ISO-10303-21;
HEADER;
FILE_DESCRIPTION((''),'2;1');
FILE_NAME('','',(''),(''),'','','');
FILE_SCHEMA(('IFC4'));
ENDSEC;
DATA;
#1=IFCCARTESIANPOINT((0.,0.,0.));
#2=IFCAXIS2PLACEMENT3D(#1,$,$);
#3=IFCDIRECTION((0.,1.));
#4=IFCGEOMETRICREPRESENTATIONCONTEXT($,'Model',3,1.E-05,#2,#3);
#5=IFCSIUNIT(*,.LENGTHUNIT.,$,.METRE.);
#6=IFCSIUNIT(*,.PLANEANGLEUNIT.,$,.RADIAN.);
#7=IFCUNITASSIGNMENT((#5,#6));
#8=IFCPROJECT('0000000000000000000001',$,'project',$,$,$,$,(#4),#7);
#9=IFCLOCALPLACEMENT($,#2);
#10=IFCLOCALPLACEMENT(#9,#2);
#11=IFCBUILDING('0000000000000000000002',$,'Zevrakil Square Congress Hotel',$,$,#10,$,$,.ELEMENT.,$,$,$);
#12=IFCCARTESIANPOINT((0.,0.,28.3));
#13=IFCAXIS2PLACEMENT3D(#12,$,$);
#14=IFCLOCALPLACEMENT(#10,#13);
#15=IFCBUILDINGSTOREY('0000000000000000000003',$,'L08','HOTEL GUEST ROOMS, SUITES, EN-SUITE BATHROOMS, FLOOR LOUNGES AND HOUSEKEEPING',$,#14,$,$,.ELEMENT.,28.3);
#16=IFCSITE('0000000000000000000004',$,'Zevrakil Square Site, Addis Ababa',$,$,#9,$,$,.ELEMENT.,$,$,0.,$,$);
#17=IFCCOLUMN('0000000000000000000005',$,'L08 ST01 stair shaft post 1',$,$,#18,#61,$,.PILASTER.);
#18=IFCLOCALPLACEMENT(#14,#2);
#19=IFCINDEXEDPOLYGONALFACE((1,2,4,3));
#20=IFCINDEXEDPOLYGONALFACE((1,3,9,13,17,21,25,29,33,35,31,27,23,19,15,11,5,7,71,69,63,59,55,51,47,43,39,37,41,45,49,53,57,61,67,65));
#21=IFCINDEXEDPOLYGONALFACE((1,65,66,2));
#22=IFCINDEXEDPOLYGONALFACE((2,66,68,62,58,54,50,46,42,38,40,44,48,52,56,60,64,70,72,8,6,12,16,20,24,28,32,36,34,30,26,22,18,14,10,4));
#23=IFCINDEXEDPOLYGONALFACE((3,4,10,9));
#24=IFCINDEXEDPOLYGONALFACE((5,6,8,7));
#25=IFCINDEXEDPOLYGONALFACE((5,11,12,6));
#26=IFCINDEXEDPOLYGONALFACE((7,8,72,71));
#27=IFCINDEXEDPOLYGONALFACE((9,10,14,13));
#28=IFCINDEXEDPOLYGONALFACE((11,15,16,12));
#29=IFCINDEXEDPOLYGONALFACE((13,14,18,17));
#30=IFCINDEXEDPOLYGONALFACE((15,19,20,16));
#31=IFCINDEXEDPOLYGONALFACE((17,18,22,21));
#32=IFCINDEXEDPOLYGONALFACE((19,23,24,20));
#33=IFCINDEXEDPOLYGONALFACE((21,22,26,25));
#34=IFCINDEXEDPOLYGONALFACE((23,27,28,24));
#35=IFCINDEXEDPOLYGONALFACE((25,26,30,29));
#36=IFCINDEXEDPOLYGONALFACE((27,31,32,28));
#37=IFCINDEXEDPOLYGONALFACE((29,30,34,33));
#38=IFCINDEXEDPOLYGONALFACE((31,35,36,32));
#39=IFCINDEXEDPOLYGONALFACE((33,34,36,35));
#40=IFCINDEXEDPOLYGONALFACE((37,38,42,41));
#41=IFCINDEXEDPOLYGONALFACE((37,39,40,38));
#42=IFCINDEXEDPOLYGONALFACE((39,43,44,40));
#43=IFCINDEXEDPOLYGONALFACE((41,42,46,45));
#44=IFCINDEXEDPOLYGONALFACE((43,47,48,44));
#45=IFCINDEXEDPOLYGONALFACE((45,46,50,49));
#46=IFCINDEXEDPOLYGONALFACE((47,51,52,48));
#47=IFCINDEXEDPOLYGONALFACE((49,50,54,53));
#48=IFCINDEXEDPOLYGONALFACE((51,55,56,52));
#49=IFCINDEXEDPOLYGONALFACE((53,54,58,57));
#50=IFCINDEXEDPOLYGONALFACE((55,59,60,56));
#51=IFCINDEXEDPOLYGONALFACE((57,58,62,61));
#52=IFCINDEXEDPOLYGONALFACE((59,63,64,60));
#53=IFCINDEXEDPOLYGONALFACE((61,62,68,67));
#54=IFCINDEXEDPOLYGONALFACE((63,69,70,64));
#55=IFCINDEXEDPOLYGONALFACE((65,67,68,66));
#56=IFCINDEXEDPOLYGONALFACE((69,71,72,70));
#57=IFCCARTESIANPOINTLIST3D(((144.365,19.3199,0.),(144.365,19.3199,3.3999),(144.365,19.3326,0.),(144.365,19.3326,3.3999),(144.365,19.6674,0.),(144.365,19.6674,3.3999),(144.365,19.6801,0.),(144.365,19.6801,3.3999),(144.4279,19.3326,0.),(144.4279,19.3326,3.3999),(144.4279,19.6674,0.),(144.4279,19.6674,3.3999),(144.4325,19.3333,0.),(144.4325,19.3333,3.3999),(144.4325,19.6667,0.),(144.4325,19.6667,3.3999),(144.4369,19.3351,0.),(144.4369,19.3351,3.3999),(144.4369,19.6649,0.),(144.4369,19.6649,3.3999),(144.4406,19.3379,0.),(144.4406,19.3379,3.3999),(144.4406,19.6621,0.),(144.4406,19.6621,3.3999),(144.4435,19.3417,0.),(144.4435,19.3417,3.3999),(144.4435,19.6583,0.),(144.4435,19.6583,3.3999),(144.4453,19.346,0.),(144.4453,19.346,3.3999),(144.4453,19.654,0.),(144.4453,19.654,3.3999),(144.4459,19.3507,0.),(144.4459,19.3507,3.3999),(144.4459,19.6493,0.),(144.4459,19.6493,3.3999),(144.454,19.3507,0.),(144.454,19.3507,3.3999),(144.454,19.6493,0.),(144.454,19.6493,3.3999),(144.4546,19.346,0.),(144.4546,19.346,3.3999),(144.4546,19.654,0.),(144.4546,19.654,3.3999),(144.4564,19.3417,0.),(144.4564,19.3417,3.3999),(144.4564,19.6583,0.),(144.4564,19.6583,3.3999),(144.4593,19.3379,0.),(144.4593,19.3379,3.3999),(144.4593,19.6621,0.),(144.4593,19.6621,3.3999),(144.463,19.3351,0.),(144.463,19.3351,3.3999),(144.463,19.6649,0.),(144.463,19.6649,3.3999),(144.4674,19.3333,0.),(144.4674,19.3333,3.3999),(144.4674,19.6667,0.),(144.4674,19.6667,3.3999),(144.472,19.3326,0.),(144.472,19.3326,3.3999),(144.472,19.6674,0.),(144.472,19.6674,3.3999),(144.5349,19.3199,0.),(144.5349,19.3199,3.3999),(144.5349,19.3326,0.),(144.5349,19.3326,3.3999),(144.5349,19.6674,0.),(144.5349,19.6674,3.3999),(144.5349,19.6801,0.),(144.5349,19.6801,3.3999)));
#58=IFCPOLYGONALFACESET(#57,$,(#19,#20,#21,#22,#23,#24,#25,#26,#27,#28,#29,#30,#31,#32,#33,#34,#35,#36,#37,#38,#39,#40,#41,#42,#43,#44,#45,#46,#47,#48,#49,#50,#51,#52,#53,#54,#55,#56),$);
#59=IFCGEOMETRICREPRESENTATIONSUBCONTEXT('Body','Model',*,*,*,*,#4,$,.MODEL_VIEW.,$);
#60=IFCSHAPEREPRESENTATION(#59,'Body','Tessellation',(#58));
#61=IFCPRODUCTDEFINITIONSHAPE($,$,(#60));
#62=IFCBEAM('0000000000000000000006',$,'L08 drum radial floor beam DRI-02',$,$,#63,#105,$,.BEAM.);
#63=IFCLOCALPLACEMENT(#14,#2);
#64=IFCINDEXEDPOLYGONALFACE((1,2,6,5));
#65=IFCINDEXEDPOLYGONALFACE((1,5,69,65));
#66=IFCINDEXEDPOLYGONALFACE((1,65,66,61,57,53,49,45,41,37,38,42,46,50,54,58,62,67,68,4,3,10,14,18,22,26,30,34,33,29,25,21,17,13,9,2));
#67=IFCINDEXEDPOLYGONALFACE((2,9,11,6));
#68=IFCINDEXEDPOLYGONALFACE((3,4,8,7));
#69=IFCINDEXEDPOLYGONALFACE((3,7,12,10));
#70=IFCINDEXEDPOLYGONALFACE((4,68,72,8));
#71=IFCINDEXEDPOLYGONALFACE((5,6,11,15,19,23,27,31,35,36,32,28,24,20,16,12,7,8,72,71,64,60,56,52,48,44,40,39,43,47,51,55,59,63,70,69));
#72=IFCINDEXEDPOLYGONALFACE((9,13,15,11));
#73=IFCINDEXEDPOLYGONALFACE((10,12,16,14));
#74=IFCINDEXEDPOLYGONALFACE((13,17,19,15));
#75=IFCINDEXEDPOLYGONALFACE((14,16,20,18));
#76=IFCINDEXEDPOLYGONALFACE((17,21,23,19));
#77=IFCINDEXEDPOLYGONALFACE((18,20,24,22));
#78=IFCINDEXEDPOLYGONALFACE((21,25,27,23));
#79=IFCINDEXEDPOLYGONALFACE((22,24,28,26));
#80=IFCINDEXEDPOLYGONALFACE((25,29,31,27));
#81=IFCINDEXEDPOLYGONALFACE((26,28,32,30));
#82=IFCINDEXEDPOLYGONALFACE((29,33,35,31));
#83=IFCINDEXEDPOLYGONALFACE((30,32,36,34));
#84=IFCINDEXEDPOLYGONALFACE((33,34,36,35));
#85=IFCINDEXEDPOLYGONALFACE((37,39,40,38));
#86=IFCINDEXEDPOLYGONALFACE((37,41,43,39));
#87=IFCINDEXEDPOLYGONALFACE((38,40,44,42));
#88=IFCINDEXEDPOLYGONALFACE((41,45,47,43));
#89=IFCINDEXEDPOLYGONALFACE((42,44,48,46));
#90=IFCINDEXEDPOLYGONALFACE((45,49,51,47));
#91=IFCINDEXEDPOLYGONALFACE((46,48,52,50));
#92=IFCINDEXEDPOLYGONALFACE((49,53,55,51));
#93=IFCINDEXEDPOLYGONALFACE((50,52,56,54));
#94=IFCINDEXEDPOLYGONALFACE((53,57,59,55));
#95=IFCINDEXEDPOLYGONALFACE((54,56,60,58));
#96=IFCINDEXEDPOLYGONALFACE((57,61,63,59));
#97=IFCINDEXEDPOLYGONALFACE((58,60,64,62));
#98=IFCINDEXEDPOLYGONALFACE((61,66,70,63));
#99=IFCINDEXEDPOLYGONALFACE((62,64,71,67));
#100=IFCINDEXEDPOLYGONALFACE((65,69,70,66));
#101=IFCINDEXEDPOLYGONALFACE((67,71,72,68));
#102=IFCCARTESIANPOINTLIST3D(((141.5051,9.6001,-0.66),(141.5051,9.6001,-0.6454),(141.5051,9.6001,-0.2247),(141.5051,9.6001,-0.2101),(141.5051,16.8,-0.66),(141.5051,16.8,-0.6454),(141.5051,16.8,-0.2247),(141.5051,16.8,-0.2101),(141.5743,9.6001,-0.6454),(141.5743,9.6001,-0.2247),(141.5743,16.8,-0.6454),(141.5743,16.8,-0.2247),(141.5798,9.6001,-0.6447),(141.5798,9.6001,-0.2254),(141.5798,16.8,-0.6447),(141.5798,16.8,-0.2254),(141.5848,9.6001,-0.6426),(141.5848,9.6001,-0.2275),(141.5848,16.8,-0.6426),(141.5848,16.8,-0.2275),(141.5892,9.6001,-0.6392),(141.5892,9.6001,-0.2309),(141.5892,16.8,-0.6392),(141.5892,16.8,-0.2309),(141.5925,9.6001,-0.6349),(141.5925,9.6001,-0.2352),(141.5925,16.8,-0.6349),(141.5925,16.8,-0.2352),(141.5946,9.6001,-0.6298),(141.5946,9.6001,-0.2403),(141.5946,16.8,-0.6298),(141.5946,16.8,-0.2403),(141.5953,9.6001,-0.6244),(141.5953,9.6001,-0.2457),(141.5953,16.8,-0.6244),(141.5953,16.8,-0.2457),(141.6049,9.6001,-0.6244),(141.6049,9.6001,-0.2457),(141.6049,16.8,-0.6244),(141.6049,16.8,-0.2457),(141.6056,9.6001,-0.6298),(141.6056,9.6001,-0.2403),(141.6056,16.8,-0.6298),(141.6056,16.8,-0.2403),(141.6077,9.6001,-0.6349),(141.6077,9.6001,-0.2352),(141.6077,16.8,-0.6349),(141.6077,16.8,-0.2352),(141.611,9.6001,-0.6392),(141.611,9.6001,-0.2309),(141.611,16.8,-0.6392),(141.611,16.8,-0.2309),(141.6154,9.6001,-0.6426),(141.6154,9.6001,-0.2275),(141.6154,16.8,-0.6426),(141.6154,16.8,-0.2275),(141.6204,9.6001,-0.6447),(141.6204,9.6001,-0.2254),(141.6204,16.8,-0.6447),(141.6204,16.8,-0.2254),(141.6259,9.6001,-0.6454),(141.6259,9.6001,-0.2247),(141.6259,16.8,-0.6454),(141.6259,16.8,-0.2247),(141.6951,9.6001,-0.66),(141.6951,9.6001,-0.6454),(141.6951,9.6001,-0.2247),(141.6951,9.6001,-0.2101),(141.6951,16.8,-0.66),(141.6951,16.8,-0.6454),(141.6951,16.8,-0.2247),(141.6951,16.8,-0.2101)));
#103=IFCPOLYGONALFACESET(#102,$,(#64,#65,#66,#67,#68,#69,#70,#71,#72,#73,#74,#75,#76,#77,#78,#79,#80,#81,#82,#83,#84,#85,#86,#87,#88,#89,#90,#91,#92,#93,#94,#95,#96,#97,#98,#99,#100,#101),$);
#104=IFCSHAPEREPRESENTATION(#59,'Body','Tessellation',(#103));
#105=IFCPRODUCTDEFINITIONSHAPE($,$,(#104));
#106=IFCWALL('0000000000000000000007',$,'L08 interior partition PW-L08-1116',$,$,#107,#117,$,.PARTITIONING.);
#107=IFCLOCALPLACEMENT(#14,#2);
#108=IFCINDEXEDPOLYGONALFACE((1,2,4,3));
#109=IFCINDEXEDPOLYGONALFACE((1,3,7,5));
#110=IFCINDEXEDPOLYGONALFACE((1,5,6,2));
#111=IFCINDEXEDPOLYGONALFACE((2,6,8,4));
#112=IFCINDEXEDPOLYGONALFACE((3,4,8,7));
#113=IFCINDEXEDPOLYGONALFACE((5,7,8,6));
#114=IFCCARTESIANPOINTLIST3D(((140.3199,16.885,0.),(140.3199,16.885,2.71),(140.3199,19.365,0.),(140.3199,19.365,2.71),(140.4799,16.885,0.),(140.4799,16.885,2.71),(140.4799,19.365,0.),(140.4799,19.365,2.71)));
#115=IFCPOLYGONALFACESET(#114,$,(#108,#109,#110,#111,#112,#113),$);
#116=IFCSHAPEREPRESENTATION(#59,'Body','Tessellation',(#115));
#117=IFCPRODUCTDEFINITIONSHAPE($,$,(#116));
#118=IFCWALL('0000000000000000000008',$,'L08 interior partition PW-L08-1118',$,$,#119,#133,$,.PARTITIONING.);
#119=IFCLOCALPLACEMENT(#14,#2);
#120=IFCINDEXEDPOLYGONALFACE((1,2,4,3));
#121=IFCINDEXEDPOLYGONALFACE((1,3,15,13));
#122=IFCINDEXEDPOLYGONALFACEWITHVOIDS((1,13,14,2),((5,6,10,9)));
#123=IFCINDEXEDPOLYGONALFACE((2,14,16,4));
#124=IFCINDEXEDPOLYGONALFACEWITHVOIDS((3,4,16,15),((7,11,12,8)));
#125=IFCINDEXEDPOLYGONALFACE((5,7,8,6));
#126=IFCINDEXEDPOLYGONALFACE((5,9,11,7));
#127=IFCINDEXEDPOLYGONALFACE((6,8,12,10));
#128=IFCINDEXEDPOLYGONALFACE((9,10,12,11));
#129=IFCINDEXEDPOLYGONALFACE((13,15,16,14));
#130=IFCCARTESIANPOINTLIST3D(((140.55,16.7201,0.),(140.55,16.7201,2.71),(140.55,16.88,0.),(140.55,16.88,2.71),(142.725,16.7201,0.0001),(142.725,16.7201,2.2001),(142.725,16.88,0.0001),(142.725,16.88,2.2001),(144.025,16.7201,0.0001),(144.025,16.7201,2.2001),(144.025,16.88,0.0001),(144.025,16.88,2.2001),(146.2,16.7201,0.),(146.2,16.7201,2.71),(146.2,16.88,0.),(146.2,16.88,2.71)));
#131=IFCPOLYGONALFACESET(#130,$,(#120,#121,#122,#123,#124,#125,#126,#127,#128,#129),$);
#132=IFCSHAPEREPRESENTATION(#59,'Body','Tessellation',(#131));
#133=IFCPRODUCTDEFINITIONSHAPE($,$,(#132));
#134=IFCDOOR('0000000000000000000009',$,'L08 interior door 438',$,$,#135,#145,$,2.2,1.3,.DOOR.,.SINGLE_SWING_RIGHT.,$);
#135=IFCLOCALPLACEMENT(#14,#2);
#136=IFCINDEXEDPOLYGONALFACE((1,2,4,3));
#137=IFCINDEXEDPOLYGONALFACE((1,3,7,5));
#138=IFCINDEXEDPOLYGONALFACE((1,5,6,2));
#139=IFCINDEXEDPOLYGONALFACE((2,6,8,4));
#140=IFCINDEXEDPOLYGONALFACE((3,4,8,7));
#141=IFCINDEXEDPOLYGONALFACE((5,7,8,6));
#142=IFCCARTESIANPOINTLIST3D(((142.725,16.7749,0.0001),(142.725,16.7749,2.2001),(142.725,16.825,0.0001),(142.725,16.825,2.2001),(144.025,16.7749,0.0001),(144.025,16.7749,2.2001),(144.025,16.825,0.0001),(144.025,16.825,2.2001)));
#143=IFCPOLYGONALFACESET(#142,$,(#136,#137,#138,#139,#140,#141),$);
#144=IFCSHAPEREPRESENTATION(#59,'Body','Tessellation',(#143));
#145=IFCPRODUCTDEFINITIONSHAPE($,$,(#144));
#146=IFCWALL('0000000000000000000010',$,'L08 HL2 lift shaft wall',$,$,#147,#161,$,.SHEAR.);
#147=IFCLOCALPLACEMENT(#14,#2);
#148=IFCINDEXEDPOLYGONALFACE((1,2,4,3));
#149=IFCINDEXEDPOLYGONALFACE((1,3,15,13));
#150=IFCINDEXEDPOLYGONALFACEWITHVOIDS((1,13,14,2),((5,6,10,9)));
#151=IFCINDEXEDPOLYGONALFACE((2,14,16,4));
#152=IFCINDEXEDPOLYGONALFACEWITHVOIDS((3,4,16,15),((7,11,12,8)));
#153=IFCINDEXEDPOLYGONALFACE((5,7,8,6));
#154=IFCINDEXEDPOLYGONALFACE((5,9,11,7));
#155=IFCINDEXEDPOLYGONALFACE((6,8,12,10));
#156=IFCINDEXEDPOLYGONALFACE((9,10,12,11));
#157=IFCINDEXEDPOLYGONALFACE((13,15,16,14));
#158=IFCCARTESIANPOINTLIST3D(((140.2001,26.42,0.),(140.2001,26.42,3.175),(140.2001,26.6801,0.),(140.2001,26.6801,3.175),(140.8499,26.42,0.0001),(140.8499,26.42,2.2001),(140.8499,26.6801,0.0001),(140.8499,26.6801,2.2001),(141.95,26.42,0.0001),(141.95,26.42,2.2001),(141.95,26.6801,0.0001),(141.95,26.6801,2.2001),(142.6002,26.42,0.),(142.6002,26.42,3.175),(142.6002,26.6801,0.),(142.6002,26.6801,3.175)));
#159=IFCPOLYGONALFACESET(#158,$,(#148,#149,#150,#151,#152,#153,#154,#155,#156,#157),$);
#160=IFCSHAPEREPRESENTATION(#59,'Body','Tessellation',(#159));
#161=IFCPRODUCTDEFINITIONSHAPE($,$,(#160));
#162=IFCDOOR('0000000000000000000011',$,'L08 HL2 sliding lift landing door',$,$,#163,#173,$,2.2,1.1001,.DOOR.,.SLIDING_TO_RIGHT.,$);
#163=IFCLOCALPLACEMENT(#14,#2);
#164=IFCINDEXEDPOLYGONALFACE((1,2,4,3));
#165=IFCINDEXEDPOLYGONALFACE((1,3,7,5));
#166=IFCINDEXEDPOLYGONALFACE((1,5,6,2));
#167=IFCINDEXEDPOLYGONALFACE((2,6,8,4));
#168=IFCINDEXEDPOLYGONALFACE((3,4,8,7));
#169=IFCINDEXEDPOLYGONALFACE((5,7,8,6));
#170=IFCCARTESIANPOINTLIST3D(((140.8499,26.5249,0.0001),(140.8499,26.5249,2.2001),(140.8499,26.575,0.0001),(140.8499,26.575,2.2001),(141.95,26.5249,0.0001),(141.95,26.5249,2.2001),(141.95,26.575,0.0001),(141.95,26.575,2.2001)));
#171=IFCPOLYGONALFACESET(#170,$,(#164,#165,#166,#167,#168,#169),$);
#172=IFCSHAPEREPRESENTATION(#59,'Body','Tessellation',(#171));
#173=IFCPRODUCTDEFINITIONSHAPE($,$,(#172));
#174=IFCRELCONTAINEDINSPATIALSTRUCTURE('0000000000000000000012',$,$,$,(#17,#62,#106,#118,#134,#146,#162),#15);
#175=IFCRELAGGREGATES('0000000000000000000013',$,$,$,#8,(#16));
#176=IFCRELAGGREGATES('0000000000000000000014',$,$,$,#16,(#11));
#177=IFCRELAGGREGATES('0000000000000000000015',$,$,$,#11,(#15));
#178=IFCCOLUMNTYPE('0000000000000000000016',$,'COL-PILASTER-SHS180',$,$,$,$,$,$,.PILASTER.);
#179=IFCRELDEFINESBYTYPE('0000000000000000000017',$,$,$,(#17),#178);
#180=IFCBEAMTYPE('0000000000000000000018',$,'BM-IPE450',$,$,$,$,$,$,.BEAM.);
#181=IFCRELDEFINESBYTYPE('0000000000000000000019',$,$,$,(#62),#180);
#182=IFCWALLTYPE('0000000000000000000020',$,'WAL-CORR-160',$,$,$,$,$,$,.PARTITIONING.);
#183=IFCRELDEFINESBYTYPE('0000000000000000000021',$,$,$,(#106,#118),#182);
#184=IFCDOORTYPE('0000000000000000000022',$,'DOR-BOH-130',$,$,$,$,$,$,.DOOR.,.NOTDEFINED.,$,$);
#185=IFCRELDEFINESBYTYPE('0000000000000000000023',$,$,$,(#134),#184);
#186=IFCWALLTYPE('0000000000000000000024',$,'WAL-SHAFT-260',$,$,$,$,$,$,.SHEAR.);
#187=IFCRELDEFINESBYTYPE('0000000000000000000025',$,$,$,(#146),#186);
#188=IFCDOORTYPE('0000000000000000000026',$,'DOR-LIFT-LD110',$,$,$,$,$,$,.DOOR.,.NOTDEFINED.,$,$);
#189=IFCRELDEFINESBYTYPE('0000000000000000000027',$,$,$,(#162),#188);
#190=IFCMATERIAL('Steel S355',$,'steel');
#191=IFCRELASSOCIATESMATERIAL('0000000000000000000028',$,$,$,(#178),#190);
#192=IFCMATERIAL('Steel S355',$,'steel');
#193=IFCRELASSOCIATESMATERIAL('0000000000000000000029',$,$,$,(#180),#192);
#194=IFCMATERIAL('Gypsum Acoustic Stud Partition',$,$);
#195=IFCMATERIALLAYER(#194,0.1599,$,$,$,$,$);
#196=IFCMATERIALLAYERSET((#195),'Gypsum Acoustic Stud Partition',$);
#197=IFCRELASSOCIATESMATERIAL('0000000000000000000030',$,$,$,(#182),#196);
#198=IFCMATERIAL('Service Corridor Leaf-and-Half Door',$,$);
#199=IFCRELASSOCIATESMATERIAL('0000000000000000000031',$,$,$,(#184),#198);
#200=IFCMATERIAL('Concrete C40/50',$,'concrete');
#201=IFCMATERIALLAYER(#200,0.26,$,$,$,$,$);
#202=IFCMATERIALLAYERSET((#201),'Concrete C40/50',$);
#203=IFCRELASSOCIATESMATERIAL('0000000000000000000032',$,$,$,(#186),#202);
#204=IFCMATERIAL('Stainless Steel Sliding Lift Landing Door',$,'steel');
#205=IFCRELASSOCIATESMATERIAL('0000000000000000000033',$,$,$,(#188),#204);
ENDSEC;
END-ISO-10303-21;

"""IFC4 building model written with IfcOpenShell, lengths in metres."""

from ifc_helpers import new_model, si_unit, direction, frame, frame_2d, origin, origin_2d, place, context, subcontext, project, spatial, rectangle, i_section, extrude, material, layer, layer_set, material_profile, profile_set, type_object, element, fill, save


model = new_model("IFC4")

# Units and contexts
model_context = context("Model", 3, precision=1e-05, world=origin(), true_north=direction((0.0, 1.0)))
body_context = subcontext(model_context, "Body", "Model", "MODEL_VIEW")
ifc_project = project(units=[si_unit("LENGTHUNIT", "METRE"), si_unit("PLANEANGLEUNIT", "RADIAN")], contexts=[model_context])

# Site, building, storey
site_placement = place(None, origin())
site = spatial("IfcSite", under=ifc_project, at=site_placement, Name="Zevrakil Square Site, Addis Ababa", CompositionType="ELEMENT", RefElevation=0.0)
building_placement = place(site_placement, origin())
building = spatial("IfcBuilding", under=site, at=building_placement, Name="Zevrakil Square Congress Hotel", CompositionType="ELEMENT")
storey_placement = place(building_placement, frame((0.0, 0.0, 28.3)))
storey = spatial("IfcBuildingStorey", under=building, at=storey_placement, Name="L08", Description="HOTEL GUEST ROOMS, SUITES, EN-SUITE BATHROOMS, FLOOR LOUNGES AND HOUSEKEEPING", CompositionType="ELEMENT", Elevation=28.3)

# Column
ifc_material_1 = material(Name="Steel S355", Category="steel")
ifc_material_profile_1 = material_profile(ifc_material_1, i_section(OverallWidth=0.1699, OverallDepth=0.3601, WebThickness=0.0081, FlangeThickness=0.0127, FilletRadius=0.0181, at=origin_2d()), Name="IPE 360")
ifc_profile_set_1 = profile_set([ifc_material_profile_1], Name="Steel S355")
column_type = type_object("IfcColumnType", Name="COL-PILASTER-SHS180", PredefinedType="PILASTER", material=ifc_profile_set_1)
column_placement = place(storey_placement, frame((144.45, 19.5, 0.0), z_axis=(0.0, 0.0, 1.0), x_axis=(1.0, 0.0, 0.0)))
element("IfcColumn", 1, at=column_placement, inside=storey, type_object=column_type, Name="L08 ST01 stair shaft post 1", PredefinedType="PILASTER", context=body_context, shape_type="SweptSolid", body=[
    extrude(i_section(OverallWidth=0.1699, OverallDepth=0.3601, WebThickness=0.0081, FlangeThickness=0.0127, FilletRadius=0.0181, at=origin_2d()), origin(), (0.0, 0.0, 1.0), 3.3999),
])

# Beam
ifc_material_2 = material(Name="Steel S355", Category="steel")
ifc_material_profile_2 = material_profile(ifc_material_2, i_section(OverallWidth=0.1899, OverallDepth=0.45, WebThickness=0.0095, FlangeThickness=0.0146, FilletRadius=0.021, at=origin_2d()), Name="IPE 450")
ifc_profile_set_2 = profile_set([ifc_material_profile_2], Name="Steel S355")
beam_type = type_object("IfcBeamType", Name="BM-IPE450", PredefinedType="BEAM", material=ifc_profile_set_2)
beam_placement = place(storey_placement, frame((141.6001, 16.8, -0.4351), z_axis=(0.0, -1.0, 0.0), x_axis=(1.0, 0.0, 0.0)))
element("IfcBeam", 2, at=beam_placement, inside=storey, type_object=beam_type, Name="L08 drum radial floor beam DRI-02", PredefinedType="BEAM", context=body_context, shape_type="SweptSolid", body=[
    extrude(i_section(OverallWidth=0.1899, OverallDepth=0.45, WebThickness=0.0095, FlangeThickness=0.0146, FilletRadius=0.021, at=origin_2d()), origin(), (0.0, 0.0, 1.0), 7.2),
])

# Wall
ifc_material_3 = material(Name="Gypsum Acoustic Stud Partition")
ifc_layer_1 = layer(ifc_material_3, 0.1599)
ifc_layer_set_1 = layer_set([ifc_layer_1], Name="Gypsum Acoustic Stud Partition")
wall_type_1 = type_object("IfcWallType", Name="WAL-CORR-160", PredefinedType="PARTITIONING", material=ifc_layer_set_1)
wall_1_placement = place(storey_placement, frame((140.3999, 16.885, 0.0), z_axis=(0.0, 0.0, 1.0), x_axis=(0.0, 1.0, 0.0)))
element("IfcWall", 3, at=wall_1_placement, inside=storey, type_object=wall_type_1, Name="L08 interior partition PW-L08-1116", PredefinedType="PARTITIONING", context=body_context, shape_type="SweptSolid", body=[
    extrude(rectangle(XDim=2.48, YDim=0.1599, at=frame_2d((1.24, 0.0))), origin(), (0.0, 0.0, 1.0), 2.71),
])

# Walls, openings, doors
wall_2_placement = place(storey_placement, frame((140.55, 16.8, 0.0), z_axis=(0.0, 0.0, 1.0), x_axis=(1.0, 0.0, 0.0)))
wall_2 = element("IfcWall", 4, at=wall_2_placement, inside=storey, type_object=wall_type_1, Name="L08 interior partition PW-L08-1118", PredefinedType="PARTITIONING", context=body_context, shape_type="SweptSolid", body=[
    extrude(rectangle(XDim=5.6499, YDim=0.1599, at=frame_2d((2.825, 0.0))), origin(), (0.0, 0.0, 1.0), 2.71),
])
opening_1_placement = place(wall_2_placement, frame((2.175, 0.0, 0.0)))
opening_1 = element("IfcOpeningElement", 5, at=opening_1_placement, cuts=wall_2, PredefinedType="OPENING", context=body_context, shape_type="SweptSolid", body=[
    extrude(rectangle(XDim=1.3, YDim=2.2, at=frame_2d((0.6499, 1.1001))), frame((0.0, 0.0898, 0.0), z_axis=(0.0, -1.0, 0.0), x_axis=(1.0, 0.0, 0.0)), (0.0, 0.0, 1.0), 0.1799),
])
ifc_material_4 = material(Name="Service Corridor Leaf-and-Half Door")
door_type_1 = type_object("IfcDoorType", Name="DOR-BOH-130", OperationType="NOTDEFINED", PredefinedType="DOOR", material=ifc_material_4)
door_1_placement = place(opening_1_placement, origin())
door_1 = element("IfcDoor", 6, at=door_1_placement, inside=storey, type_object=door_type_1, Name="L08 interior door 438", OperationType="SINGLE_SWING_RIGHT", OverallHeight=2.2, OverallWidth=1.3, PredefinedType="DOOR", context=body_context, shape_type="SweptSolid", body=[
    extrude(rectangle(XDim=1.3, YDim=2.2, at=frame_2d((0.6499, 1.1001))), frame((0.0, 0.0249, 0.0), z_axis=(0.0, -1.0, 0.0), x_axis=(1.0, 0.0, 0.0)), (0.0, 0.0, 1.0), 0.05),
])
fill(opening_1, door_1)
ifc_material_5 = material(Name="Concrete C40/50", Category="concrete")
ifc_layer_2 = layer(ifc_material_5, 0.26)
ifc_layer_set_2 = layer_set([ifc_layer_2], Name="Concrete C40/50")
wall_type_2 = type_object("IfcWallType", Name="WAL-SHAFT-260", PredefinedType="SHEAR", material=ifc_layer_set_2)
wall_3_placement = place(storey_placement, frame((140.2, 26.55, 0.0), z_axis=(0.0, 0.0, 1.0), x_axis=(1.0, 0.0, 0.0)))
wall_3 = element("IfcWall", 7, at=wall_3_placement, inside=storey, type_object=wall_type_2, Name="L08 HL2 lift shaft wall", PredefinedType="SHEAR", context=body_context, shape_type="SweptSolid", body=[
    extrude(rectangle(XDim=2.4001, YDim=0.26, at=frame_2d((1.2002, 0.0))), origin(), (0.0, 0.0, 1.0), 3.175),
])
opening_2_placement = place(wall_3_placement, frame((0.6499, 0.0, 0.0)))
opening_2 = element("IfcOpeningElement", 8, at=opening_2_placement, cuts=wall_3, PredefinedType="OPENING", context=body_context, shape_type="SweptSolid", body=[
    extrude(rectangle(XDim=1.1001, YDim=2.2, at=frame_2d((0.55, 1.1001))), frame((0.0, 0.1401, 0.0), z_axis=(0.0, -1.0, 0.0), x_axis=(1.0, 0.0, 0.0)), (0.0, 0.0, 1.0), 0.28),
])
ifc_material_6 = material(Name="Stainless Steel Sliding Lift Landing Door", Category="steel")
door_type_2 = type_object("IfcDoorType", Name="DOR-LIFT-LD110", OperationType="NOTDEFINED", PredefinedType="DOOR", material=ifc_material_6)
door_2_placement = place(opening_2_placement, origin())
door_2 = element("IfcDoor", 9, at=door_2_placement, inside=storey, type_object=door_type_2, Name="L08 HL2 sliding lift landing door", OperationType="SLIDING_TO_RIGHT", OverallHeight=2.2, OverallWidth=1.1001, PredefinedType="DOOR", context=body_context, shape_type="SweptSolid", body=[
    extrude(rectangle(XDim=1.1001, YDim=2.2, at=frame_2d((0.55, 1.1001))), frame((0.0, 0.0249, 0.0), z_axis=(0.0, -1.0, 0.0), x_axis=(1.0, 0.0, 0.0)), (0.0, 0.0, 1.0), 0.05),
])
fill(opening_2, door_2)

save(model, "model.ifc")
